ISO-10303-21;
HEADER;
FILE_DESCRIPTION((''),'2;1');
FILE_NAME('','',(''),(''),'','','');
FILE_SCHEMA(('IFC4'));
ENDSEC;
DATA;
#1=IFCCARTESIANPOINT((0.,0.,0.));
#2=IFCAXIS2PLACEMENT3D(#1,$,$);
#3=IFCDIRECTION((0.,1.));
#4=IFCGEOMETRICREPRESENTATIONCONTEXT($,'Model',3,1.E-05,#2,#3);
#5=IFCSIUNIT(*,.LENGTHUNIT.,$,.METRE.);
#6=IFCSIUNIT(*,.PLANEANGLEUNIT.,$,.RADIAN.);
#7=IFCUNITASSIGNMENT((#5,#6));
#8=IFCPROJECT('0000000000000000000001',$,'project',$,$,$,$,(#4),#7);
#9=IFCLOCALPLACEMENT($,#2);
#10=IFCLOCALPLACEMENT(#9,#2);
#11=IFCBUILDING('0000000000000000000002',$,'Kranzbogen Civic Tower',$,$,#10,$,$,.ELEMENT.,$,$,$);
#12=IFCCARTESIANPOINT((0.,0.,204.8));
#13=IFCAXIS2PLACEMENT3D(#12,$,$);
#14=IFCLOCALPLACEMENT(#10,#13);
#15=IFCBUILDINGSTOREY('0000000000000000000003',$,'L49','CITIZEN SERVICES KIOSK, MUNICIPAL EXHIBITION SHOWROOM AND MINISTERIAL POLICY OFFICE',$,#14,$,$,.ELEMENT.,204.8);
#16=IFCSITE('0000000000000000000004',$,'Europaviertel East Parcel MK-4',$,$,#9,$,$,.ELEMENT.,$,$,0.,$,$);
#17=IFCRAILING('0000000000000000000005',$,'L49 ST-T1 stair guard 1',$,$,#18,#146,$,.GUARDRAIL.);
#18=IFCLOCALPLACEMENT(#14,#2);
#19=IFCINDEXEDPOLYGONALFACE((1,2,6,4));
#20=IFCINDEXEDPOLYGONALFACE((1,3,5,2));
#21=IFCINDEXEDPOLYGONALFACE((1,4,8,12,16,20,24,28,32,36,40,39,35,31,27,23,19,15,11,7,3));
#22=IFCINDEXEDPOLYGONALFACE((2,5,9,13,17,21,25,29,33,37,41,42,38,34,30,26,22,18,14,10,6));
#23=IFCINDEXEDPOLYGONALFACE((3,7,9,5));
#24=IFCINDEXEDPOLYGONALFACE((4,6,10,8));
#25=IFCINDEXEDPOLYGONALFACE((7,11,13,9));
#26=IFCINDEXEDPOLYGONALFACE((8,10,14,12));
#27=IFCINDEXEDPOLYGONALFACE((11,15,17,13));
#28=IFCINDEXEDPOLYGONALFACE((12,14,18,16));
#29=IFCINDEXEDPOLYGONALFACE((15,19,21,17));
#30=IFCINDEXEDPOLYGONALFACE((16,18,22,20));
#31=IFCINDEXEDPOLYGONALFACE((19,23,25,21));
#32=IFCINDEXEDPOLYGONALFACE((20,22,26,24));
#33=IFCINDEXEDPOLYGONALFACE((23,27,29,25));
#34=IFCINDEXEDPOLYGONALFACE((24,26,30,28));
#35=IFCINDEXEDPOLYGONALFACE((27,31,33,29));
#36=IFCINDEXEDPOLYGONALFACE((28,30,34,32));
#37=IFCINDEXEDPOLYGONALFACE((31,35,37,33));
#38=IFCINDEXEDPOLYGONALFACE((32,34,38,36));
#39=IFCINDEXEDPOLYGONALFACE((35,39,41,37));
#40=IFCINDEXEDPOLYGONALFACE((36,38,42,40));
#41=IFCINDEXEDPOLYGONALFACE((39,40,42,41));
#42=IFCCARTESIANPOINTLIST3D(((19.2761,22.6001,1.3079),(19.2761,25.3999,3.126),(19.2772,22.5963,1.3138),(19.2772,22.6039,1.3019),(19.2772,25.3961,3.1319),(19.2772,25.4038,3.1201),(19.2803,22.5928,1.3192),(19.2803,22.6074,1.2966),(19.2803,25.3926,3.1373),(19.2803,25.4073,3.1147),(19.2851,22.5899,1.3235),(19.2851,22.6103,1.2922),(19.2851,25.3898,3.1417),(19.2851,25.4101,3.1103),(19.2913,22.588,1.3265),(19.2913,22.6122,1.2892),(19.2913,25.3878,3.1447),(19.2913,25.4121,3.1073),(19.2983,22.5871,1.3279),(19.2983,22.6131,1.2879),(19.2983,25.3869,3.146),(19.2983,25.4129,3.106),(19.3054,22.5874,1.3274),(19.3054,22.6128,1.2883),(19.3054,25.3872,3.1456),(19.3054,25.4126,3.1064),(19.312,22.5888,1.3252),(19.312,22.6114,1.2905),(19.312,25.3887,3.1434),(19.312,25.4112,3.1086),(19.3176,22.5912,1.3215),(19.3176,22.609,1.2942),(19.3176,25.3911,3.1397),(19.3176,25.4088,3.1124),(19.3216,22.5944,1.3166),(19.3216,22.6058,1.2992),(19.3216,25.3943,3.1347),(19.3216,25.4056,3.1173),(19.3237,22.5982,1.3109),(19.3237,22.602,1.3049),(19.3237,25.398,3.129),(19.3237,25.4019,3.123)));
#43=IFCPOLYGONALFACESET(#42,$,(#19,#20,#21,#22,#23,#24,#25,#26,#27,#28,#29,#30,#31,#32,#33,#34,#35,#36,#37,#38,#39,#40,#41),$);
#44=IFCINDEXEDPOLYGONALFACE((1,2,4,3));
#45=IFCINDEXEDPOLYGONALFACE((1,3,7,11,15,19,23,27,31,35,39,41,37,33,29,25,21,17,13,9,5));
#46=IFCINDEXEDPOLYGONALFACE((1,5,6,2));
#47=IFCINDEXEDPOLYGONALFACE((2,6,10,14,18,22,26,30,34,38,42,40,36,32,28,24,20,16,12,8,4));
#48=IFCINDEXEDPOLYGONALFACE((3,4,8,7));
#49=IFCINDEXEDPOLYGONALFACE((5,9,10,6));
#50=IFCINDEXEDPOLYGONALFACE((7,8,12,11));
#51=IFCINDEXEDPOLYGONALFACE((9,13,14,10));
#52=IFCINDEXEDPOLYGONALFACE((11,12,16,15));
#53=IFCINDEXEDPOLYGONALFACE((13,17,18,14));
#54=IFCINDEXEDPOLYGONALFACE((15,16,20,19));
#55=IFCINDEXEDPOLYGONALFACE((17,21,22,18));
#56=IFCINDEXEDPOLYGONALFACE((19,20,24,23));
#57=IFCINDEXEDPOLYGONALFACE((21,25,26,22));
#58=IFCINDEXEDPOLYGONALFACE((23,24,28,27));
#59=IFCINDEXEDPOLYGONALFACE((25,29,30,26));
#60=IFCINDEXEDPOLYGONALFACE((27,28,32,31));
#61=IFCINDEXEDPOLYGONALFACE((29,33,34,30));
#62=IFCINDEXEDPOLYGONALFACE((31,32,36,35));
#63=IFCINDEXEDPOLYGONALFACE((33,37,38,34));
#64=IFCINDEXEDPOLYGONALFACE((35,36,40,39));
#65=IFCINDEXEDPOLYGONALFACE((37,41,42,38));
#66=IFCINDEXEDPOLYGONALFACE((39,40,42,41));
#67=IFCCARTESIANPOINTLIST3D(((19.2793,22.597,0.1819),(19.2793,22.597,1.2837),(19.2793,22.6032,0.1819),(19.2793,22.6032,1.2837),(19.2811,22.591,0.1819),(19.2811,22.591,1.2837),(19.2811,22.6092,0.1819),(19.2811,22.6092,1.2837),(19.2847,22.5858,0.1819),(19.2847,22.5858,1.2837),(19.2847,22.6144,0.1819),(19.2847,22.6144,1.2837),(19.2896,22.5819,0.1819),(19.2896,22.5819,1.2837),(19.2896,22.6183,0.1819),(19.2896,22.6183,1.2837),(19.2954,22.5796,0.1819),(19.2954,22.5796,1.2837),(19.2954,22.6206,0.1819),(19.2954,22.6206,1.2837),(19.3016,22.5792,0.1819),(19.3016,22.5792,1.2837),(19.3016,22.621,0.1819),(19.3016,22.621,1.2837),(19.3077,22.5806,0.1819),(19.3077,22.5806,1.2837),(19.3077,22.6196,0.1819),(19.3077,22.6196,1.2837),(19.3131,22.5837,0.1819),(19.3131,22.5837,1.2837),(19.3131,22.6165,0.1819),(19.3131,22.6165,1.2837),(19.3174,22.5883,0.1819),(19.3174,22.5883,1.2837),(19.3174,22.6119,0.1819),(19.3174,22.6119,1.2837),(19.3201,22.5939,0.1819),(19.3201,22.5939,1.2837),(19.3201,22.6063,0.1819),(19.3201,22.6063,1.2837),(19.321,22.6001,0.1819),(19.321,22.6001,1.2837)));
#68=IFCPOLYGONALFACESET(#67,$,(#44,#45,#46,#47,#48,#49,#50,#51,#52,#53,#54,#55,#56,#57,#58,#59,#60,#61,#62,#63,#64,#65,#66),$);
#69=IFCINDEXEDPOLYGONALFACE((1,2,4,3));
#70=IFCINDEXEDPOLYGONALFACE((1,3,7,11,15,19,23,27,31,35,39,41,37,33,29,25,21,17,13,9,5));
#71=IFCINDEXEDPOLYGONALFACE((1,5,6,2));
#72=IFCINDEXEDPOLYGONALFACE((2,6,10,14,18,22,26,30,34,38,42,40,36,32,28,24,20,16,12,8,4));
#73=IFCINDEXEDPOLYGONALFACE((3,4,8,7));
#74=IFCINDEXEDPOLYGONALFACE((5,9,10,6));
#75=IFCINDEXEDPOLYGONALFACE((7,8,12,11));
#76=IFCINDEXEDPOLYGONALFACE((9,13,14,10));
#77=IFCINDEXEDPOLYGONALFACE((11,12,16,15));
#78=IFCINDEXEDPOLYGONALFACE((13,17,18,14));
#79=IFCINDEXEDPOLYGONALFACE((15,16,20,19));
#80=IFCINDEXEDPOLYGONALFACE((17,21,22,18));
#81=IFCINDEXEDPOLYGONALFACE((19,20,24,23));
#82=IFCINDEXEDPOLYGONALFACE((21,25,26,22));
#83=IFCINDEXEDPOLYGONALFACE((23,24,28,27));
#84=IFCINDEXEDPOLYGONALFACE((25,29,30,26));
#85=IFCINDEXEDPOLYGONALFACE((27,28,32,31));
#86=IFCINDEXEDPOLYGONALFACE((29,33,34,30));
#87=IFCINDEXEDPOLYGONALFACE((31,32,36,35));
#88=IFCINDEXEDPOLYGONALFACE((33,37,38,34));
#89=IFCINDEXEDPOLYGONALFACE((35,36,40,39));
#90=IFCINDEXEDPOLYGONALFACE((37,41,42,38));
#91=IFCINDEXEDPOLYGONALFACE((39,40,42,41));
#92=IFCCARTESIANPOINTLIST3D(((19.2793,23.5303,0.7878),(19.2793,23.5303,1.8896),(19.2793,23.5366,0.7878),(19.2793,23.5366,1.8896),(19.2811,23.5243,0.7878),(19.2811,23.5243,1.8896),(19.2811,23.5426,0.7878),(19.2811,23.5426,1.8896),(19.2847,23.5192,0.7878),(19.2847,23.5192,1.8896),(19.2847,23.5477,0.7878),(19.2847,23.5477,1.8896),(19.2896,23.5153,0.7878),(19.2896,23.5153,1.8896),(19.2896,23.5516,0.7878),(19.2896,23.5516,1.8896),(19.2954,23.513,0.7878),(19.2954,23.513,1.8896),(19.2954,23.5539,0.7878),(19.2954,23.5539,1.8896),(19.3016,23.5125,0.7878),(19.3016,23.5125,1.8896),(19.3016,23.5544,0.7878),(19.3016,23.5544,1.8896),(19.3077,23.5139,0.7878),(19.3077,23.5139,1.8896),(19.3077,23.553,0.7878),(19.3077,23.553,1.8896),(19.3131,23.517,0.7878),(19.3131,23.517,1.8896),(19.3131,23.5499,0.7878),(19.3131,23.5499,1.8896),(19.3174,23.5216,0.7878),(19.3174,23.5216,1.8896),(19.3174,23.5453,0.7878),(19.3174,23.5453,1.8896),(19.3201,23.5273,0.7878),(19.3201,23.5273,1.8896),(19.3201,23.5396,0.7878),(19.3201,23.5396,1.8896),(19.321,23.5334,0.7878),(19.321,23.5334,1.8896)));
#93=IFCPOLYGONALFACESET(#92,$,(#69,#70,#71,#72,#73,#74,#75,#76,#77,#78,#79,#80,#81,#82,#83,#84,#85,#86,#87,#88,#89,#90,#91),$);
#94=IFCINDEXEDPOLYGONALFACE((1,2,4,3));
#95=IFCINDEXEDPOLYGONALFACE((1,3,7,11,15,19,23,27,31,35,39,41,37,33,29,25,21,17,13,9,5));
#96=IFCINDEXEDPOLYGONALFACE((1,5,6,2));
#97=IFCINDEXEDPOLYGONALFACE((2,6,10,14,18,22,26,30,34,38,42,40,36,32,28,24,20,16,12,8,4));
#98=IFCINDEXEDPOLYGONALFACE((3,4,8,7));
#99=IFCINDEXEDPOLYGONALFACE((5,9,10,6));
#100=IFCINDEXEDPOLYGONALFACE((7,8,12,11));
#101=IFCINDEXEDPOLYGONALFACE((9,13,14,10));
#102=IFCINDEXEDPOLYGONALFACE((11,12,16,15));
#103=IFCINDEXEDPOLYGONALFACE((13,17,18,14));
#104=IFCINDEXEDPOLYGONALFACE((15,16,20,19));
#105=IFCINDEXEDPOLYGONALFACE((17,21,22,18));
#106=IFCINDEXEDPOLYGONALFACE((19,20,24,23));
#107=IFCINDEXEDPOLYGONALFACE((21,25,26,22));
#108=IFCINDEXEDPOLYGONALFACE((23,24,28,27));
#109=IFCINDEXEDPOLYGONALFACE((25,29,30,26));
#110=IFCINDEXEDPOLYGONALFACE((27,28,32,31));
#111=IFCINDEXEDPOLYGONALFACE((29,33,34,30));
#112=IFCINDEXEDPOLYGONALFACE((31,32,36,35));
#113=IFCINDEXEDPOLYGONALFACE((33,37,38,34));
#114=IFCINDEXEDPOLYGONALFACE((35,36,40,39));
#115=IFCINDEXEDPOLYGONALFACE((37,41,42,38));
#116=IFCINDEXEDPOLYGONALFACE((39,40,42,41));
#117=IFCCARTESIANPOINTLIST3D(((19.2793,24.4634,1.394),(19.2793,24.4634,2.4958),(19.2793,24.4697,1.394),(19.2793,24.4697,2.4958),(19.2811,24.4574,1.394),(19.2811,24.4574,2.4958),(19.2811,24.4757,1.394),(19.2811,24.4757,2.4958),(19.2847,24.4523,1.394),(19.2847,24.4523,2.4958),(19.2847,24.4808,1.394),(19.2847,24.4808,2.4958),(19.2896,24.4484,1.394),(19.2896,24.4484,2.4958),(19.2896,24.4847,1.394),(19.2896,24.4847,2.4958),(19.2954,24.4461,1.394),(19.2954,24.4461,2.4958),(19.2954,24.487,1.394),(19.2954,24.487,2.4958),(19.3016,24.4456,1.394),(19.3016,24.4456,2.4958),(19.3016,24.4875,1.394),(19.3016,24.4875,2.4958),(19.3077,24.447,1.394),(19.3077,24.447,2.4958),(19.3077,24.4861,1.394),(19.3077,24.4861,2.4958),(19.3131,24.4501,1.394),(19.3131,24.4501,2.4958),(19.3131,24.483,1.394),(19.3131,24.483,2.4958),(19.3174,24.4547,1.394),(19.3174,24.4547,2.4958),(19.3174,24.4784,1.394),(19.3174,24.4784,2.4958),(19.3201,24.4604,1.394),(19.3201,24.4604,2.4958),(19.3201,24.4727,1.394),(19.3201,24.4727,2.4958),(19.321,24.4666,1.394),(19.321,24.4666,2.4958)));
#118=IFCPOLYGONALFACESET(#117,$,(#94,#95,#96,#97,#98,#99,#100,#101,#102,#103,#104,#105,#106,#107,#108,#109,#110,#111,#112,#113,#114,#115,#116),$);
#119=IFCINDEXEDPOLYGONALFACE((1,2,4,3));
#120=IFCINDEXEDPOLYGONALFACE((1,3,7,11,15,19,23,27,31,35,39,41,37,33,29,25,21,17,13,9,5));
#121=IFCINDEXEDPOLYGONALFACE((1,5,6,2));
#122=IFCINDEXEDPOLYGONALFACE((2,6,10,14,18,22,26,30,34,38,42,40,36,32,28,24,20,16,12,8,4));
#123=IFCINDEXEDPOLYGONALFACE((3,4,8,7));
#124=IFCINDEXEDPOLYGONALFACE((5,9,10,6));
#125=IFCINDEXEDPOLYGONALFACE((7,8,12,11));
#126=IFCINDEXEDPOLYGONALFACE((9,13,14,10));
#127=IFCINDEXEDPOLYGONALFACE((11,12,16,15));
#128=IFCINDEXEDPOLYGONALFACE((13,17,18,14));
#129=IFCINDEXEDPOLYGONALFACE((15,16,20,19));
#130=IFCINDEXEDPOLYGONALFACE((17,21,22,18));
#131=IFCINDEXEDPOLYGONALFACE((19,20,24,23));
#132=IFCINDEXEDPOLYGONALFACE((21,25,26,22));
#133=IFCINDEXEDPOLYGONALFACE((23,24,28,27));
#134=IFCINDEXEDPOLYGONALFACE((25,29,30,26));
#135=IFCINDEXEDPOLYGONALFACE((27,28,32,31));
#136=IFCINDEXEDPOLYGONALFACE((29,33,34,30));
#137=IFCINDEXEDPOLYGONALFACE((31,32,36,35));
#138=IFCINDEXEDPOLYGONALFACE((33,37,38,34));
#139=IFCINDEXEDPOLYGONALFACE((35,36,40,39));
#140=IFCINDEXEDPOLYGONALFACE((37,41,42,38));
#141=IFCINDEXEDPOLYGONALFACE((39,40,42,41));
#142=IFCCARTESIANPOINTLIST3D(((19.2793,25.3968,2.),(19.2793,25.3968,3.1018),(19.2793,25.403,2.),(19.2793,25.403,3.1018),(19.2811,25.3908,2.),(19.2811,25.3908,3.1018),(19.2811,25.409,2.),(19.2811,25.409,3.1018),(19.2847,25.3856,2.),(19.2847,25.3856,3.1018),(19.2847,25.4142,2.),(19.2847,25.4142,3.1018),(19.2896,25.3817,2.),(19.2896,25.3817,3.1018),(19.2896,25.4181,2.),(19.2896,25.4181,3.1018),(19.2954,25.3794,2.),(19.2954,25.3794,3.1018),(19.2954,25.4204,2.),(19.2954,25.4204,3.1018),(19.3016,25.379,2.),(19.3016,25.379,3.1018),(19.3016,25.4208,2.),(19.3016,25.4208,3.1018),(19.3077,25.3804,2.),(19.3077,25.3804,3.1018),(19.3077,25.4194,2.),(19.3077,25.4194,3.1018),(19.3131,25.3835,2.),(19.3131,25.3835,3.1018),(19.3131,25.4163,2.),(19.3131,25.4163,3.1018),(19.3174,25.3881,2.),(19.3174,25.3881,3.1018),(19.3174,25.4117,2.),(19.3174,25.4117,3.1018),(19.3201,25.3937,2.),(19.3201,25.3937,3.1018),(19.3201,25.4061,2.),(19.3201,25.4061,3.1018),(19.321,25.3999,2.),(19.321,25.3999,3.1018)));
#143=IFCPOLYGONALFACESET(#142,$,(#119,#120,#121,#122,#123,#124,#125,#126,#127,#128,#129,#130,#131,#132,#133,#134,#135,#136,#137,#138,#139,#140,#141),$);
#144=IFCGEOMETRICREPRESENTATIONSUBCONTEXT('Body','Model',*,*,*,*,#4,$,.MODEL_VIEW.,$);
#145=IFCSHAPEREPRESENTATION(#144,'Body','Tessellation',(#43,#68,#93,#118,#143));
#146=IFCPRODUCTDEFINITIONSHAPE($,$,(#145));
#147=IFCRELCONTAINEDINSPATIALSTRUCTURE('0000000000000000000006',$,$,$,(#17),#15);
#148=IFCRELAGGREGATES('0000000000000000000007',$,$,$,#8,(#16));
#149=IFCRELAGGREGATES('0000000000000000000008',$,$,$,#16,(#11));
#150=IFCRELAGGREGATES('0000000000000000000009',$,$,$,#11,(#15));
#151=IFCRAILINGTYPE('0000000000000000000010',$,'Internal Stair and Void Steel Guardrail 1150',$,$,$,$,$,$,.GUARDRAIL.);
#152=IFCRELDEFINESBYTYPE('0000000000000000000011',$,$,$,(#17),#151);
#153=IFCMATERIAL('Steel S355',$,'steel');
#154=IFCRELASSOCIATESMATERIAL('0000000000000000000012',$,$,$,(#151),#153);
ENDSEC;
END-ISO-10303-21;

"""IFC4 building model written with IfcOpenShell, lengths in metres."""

from ifc_helpers import new_model, si_unit, direction, frame, origin, origin_2d, place, context, subcontext, project, spatial, circle, extrude, material, type_object, element, save


model = new_model("IFC4")

# Units and contexts
model_context = context("Model", 3, precision=1e-05, world=origin(), true_north=direction((0.0, 1.0)))
body_context = subcontext(model_context, "Body", "Model", "MODEL_VIEW")
ifc_project = project(units=[si_unit("LENGTHUNIT", "METRE"), si_unit("PLANEANGLEUNIT", "RADIAN")], contexts=[model_context])

# Site, building, storey
site_placement = place(None, origin())
site = spatial("IfcSite", under=ifc_project, at=site_placement, Name="Europaviertel East Parcel MK-4", CompositionType="ELEMENT", RefElevation=0.0)
building_placement = place(site_placement, origin())
building = spatial("IfcBuilding", under=site, at=building_placement, Name="Kranzbogen Civic Tower", CompositionType="ELEMENT")
storey_placement = place(building_placement, frame((0.0, 0.0, 204.8)))
storey = spatial("IfcBuildingStorey", under=building, at=storey_placement, Name="L49", Description="CITIZEN SERVICES KIOSK, MUNICIPAL EXHIBITION SHOWROOM AND MINISTERIAL POLICY OFFICE", CompositionType="ELEMENT", Elevation=204.8)

# Shared definitions
ifc_material_1 = material(Name="Steel S355", Category="steel")

# Railing
railing_type_1 = type_object("IfcRailingType", Name="Internal Stair and Void Steel Guardrail 1150", PredefinedType="GUARDRAIL", material=ifc_material_1)
railing_1_placement = place(storey_placement, frame((19.3, 22.6001, 0.1819)))
element("IfcRailing", 1, at=railing_1_placement, inside=storey, type_object=railing_type_1, Name="L49 ST-T1 stair guard 1", PredefinedType="GUARDRAIL", context=body_context, shape_type="SweptSolid", body=[
    extrude(circle(Radius=0.0239, at=origin_2d()), frame((0.0, 0.0, 1.126), z_axis=(0.0, 0.838684, 0.544618), x_axis=(-1.0, 0.0, 0.0)), (0.0, 0.0, 1.0), 3.3384),
    extrude(circle(Radius=0.021, at=origin_2d()), origin(), (0.0, 0.0, 1.0), 1.1018),
    extrude(circle(Radius=0.021, at=origin_2d()), frame((0.0, 0.9333, 0.606)), (0.0, 0.0, 1.0), 1.1018),
    extrude(circle(Radius=0.021, at=origin_2d()), frame((0.0, 1.8665, 1.2122)), (0.0, 0.0, 1.0), 1.1018),
    extrude(circle(Radius=0.021, at=origin_2d()), frame((0.0, 2.7998, 1.8181)), (0.0, 0.0, 1.0), 1.1018),
])

save(model, "model.ifc")
